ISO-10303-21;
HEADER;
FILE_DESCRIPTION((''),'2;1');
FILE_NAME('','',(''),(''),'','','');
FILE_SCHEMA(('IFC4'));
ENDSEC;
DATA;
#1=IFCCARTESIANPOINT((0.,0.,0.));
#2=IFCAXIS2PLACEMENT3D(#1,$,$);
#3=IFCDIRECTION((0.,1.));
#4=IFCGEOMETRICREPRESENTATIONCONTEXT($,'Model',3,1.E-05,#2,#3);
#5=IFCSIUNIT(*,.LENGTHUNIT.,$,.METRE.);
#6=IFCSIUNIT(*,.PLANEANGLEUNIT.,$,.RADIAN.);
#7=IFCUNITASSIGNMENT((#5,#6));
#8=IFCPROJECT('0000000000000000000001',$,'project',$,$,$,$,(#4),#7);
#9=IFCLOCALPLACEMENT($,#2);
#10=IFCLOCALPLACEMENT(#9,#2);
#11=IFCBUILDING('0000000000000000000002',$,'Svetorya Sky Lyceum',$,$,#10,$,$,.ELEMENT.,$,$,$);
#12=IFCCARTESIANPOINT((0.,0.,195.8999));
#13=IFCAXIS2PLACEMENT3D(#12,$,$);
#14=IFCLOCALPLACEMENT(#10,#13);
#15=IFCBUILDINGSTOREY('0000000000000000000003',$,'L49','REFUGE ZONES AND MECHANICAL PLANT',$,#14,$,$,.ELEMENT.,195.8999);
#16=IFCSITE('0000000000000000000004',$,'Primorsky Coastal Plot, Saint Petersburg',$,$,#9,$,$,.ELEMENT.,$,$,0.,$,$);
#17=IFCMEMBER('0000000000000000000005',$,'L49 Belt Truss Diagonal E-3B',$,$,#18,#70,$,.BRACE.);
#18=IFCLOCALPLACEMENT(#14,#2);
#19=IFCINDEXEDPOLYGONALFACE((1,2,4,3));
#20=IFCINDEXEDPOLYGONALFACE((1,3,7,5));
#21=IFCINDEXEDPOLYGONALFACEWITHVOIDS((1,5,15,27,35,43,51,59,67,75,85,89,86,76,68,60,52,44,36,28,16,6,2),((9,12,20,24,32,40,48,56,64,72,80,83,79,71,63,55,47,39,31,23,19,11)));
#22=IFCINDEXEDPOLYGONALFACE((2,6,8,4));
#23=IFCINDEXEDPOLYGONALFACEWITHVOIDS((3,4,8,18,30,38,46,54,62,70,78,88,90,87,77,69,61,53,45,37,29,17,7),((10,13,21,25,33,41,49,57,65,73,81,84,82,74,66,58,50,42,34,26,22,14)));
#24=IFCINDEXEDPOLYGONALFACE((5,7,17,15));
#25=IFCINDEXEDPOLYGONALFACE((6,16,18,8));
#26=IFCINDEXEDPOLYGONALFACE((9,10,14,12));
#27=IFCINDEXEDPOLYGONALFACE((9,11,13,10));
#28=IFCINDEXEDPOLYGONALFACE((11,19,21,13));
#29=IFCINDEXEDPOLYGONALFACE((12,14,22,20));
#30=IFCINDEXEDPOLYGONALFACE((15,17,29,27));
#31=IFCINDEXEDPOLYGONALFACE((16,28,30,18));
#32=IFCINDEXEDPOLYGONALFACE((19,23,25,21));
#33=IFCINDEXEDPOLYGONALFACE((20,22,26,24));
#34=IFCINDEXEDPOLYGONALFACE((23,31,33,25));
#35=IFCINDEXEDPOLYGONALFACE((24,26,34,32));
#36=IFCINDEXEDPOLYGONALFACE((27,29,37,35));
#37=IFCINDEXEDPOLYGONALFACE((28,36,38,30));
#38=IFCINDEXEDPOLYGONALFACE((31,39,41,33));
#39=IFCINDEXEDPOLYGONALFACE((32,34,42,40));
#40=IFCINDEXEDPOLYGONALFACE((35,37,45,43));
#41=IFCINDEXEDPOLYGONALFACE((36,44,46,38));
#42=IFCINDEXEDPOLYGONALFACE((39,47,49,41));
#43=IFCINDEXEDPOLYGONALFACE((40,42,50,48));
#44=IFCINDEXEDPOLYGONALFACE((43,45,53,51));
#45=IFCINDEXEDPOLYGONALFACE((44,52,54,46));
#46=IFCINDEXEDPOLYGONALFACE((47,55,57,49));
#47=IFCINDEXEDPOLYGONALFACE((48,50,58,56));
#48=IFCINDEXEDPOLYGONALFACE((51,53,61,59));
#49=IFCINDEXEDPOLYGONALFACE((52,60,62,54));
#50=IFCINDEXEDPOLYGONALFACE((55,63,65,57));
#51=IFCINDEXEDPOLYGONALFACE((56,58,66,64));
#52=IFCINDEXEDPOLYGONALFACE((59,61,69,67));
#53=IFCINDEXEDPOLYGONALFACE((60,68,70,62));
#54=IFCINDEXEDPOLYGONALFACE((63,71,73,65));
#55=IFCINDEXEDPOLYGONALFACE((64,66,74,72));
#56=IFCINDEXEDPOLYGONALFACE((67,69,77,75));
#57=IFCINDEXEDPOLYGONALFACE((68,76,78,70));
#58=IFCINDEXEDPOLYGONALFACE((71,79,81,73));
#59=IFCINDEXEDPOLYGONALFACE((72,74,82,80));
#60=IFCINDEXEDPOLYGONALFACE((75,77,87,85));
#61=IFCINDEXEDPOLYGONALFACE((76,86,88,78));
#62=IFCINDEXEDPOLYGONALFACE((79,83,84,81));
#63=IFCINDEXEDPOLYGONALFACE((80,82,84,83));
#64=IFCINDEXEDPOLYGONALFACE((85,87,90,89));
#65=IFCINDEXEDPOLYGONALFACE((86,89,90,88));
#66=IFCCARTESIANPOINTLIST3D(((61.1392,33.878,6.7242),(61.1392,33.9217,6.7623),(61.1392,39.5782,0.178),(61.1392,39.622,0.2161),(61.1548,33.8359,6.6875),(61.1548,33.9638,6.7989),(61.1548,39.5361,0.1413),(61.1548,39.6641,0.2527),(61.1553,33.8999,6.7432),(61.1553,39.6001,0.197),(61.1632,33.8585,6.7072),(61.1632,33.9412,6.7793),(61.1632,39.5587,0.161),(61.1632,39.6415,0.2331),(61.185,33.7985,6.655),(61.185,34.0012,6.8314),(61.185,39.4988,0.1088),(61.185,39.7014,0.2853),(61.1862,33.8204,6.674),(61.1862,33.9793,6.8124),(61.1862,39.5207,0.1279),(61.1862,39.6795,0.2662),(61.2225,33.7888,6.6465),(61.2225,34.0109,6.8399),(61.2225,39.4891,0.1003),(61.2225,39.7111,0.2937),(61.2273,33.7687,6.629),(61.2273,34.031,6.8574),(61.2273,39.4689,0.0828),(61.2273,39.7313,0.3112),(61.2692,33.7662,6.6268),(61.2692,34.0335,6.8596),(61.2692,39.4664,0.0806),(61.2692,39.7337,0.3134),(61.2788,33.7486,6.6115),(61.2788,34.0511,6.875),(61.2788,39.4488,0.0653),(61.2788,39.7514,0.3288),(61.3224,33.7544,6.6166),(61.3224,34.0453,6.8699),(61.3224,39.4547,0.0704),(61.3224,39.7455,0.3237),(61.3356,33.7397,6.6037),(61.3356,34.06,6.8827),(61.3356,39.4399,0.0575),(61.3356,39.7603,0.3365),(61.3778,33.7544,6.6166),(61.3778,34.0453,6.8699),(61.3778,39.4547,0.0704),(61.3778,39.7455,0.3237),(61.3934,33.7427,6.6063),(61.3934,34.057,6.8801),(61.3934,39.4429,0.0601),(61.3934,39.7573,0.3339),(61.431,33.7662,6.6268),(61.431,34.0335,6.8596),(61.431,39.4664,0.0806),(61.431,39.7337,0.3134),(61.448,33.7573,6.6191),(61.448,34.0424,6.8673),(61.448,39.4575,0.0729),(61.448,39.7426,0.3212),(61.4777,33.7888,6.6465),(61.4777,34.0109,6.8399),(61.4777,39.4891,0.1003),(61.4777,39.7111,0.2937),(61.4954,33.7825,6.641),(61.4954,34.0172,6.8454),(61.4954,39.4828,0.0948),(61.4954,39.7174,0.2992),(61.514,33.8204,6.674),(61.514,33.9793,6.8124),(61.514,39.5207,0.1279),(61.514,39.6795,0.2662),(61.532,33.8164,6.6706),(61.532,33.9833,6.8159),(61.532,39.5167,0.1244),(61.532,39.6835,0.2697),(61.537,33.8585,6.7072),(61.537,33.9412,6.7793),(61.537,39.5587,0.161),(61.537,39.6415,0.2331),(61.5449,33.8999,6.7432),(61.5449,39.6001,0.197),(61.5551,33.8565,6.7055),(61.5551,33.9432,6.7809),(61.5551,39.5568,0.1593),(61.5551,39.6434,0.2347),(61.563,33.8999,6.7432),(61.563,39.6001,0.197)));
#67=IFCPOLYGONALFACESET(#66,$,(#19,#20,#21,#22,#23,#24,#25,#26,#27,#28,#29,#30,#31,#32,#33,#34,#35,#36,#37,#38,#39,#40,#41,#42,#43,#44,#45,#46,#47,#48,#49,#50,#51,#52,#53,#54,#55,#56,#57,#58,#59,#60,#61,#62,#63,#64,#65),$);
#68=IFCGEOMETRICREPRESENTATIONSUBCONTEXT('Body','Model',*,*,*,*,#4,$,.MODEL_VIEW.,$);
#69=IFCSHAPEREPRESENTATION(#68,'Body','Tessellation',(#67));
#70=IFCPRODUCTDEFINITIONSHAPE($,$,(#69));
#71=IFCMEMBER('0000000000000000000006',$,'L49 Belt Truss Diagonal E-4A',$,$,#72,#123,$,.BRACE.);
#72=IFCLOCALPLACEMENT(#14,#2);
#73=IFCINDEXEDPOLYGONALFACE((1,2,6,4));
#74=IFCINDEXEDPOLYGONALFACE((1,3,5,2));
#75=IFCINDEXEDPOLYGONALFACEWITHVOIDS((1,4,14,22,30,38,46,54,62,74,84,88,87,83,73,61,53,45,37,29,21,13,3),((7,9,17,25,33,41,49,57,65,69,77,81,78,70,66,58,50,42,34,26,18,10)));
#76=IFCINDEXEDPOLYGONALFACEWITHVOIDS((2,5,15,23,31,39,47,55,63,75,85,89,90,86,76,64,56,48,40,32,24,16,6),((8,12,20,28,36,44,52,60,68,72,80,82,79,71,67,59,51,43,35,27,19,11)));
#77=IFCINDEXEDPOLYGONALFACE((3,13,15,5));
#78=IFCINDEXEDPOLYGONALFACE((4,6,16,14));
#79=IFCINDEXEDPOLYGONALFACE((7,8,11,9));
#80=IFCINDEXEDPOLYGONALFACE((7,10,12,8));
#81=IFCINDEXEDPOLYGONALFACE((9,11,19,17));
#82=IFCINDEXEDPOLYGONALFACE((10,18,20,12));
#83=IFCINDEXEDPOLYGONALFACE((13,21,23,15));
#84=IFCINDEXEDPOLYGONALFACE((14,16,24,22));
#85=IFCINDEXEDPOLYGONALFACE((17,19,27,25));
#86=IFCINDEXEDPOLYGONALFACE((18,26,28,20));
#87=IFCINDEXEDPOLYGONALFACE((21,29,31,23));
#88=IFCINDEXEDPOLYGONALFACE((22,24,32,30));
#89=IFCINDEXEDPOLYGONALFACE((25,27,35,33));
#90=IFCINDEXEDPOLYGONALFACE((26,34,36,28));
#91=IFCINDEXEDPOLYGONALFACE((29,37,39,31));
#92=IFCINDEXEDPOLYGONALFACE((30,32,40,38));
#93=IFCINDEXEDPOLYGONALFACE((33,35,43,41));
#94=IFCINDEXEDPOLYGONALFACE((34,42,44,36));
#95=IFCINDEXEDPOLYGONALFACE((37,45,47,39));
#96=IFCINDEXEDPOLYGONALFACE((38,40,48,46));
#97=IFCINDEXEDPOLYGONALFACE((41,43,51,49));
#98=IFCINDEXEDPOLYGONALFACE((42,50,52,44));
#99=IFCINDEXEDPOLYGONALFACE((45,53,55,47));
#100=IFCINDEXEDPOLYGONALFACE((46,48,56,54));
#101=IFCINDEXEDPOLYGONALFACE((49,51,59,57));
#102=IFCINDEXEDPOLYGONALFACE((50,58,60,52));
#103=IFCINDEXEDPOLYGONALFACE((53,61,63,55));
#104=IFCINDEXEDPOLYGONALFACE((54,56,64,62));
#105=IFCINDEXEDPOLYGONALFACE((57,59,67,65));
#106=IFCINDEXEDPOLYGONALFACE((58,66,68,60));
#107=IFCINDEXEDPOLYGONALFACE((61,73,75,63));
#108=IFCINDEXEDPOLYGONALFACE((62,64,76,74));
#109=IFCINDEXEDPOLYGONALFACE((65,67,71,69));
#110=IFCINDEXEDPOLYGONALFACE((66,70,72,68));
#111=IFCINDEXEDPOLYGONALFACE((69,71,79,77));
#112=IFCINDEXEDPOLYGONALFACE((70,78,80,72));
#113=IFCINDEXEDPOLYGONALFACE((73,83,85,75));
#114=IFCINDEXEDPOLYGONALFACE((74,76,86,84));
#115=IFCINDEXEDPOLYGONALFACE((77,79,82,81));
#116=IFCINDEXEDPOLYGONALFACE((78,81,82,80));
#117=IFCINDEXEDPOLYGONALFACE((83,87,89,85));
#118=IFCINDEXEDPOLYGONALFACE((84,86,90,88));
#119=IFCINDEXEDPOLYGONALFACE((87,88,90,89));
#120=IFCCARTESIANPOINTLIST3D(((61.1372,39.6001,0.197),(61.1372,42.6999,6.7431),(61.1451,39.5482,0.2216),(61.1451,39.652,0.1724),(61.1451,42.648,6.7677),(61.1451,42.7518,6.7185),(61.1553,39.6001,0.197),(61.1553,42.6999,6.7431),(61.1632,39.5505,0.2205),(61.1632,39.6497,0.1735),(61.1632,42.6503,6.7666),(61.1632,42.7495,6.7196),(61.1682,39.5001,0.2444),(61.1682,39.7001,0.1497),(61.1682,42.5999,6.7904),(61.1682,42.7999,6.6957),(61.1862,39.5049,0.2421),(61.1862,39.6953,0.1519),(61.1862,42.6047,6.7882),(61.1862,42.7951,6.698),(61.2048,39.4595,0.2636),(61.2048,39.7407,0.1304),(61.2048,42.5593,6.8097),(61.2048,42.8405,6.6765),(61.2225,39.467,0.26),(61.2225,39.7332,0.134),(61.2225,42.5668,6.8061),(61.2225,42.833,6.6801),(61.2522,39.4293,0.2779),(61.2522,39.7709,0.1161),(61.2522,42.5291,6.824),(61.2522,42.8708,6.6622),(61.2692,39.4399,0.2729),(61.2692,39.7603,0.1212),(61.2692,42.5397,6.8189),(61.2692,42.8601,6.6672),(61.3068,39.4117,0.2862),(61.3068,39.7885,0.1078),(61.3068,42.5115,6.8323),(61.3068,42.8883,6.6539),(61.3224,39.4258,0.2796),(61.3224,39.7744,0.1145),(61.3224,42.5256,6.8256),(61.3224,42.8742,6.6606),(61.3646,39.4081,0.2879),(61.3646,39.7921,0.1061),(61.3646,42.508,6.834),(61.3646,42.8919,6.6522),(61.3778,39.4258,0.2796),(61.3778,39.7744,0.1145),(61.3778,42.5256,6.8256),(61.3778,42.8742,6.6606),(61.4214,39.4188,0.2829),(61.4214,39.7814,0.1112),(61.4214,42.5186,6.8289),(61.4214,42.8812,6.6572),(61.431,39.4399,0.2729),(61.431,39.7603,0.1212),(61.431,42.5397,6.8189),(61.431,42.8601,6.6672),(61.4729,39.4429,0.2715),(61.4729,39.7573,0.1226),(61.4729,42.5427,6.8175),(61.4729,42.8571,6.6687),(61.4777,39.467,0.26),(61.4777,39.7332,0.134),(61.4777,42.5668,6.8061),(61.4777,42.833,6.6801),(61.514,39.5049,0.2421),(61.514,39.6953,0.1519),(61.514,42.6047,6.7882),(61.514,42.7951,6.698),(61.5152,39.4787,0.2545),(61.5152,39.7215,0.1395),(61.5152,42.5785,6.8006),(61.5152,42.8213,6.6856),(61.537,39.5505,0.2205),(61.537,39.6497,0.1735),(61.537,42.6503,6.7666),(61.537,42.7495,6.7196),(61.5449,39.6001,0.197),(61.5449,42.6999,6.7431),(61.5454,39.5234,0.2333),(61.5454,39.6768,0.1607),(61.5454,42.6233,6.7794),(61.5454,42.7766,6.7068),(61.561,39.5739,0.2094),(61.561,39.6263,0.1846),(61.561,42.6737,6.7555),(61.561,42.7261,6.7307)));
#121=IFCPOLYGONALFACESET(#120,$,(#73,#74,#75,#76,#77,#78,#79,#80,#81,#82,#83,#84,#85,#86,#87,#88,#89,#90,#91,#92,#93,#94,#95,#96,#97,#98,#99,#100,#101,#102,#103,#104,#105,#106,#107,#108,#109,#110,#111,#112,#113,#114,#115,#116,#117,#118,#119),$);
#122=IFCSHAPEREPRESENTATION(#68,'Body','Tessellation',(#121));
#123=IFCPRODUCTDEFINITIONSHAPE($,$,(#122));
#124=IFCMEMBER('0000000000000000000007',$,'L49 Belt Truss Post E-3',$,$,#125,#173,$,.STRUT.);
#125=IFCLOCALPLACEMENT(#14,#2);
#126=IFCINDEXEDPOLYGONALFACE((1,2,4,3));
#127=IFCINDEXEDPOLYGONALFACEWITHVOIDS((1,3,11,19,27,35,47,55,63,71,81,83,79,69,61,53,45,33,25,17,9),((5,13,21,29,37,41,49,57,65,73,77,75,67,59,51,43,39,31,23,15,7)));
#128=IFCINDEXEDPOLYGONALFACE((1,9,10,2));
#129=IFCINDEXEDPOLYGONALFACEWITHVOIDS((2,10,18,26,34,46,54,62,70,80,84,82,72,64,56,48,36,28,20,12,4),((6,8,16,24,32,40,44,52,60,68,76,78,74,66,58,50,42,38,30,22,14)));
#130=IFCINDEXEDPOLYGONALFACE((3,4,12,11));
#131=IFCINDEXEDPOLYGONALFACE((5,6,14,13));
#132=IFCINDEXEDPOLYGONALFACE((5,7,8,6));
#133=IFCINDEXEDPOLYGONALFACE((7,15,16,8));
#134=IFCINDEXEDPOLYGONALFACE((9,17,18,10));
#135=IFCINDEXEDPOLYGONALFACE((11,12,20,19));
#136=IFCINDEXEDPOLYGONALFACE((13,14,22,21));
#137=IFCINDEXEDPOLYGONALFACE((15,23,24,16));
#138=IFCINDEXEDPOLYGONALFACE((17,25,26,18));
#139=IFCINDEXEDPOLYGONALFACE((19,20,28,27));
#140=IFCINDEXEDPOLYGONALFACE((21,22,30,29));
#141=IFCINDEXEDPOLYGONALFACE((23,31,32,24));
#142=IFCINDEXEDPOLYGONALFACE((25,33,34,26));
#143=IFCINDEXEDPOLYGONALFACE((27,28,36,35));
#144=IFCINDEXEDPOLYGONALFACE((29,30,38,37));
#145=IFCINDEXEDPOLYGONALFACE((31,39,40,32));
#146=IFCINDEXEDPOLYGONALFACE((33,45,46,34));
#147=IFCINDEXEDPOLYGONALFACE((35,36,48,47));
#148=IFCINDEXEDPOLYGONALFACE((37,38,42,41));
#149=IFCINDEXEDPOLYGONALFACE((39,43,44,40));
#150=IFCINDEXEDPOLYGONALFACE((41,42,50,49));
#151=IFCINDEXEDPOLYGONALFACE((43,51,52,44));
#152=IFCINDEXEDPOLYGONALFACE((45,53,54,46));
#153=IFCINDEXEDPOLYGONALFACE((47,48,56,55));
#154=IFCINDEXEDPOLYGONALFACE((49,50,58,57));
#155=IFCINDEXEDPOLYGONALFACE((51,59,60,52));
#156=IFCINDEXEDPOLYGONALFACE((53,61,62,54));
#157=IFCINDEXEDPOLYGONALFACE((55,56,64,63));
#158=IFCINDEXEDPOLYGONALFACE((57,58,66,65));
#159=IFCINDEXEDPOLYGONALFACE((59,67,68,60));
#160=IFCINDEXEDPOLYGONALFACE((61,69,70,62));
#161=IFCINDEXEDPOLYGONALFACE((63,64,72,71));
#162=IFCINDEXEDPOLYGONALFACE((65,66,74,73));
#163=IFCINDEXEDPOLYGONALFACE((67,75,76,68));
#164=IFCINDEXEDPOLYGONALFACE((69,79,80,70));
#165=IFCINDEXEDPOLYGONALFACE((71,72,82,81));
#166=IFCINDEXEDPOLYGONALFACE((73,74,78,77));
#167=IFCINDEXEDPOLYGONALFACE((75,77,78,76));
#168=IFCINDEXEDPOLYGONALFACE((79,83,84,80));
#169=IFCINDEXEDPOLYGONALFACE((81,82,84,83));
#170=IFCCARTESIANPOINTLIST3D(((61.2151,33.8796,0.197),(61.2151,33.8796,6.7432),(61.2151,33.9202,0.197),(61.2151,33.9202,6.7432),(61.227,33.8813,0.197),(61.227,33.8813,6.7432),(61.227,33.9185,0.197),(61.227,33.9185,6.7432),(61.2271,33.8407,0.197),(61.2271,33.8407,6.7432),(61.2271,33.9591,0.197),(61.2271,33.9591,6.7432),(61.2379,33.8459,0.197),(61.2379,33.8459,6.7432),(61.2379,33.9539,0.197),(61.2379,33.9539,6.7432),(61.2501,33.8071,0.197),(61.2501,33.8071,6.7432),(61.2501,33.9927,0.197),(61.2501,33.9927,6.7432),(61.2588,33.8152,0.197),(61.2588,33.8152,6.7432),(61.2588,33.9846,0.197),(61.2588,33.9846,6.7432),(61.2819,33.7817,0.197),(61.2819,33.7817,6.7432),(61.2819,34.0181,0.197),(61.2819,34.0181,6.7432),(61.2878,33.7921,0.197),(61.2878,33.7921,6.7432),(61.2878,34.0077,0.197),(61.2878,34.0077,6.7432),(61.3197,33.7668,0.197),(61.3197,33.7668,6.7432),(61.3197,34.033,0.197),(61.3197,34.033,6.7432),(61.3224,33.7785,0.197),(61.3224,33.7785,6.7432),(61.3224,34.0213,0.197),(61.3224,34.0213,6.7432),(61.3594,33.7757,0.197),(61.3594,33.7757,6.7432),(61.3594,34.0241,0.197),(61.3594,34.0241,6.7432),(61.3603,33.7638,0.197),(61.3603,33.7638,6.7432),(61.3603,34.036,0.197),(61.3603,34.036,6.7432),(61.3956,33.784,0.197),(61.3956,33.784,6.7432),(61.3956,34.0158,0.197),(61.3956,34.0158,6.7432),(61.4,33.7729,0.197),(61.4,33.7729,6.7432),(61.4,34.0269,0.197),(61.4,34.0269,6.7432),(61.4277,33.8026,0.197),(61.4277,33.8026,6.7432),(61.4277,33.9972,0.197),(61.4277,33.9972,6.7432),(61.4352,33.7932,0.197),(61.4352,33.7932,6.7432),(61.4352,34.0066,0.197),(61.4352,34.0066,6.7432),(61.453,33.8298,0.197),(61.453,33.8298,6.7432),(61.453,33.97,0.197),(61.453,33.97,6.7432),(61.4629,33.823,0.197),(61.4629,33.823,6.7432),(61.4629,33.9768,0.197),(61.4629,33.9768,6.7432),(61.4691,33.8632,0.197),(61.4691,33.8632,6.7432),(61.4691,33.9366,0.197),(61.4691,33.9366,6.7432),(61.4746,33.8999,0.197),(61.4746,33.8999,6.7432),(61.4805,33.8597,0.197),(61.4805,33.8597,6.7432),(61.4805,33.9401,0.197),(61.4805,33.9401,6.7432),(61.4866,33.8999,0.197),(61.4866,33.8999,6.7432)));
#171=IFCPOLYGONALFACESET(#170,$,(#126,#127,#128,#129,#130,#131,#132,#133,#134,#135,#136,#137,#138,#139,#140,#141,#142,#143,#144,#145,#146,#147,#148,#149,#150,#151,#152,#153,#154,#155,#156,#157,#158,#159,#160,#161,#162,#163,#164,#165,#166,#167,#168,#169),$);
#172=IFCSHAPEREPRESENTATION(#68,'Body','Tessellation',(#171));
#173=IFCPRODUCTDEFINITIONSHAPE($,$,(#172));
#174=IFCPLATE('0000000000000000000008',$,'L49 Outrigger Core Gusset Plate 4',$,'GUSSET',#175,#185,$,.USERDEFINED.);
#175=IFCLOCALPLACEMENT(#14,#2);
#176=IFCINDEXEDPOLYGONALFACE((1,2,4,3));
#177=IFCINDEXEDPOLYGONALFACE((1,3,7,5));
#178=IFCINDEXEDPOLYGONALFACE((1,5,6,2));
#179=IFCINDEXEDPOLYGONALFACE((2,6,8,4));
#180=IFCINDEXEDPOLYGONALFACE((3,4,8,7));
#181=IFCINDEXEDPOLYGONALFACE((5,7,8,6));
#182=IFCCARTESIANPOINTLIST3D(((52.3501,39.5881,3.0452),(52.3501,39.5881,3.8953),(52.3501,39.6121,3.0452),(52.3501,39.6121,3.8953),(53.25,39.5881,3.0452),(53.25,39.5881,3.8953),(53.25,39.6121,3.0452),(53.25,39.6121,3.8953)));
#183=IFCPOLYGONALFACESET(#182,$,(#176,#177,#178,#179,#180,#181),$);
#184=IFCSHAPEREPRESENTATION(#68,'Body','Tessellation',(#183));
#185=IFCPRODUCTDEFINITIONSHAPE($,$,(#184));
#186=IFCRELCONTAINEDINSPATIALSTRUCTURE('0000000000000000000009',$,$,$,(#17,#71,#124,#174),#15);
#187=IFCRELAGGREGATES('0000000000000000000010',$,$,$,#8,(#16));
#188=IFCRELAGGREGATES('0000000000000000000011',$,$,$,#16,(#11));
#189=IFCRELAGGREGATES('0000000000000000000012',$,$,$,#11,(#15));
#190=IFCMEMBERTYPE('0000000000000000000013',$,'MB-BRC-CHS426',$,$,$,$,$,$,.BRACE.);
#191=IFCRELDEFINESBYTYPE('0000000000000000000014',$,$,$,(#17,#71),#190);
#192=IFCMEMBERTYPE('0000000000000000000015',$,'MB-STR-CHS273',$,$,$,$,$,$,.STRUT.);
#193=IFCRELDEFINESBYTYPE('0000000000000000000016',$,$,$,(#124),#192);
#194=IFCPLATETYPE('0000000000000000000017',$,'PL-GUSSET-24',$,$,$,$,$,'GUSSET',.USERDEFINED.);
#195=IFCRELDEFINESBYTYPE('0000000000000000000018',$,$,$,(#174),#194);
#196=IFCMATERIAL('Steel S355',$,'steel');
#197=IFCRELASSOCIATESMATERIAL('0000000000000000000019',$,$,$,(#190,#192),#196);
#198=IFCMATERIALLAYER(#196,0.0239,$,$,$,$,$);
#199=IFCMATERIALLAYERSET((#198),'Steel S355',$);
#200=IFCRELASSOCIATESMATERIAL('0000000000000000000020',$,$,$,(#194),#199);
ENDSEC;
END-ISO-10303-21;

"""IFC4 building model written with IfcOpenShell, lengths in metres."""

from ifc_helpers import new_model, si_unit, direction, frame, origin, origin_2d, place, context, subcontext, project, spatial, rectangle, hollow_circle, extrude, material, layer, layer_set, material_profile, profile_set, type_object, element, save


model = new_model("IFC4")

# Units and contexts
model_context = context("Model", 3, precision=1e-05, world=origin(), true_north=direction((0.0, 1.0)))
body_context = subcontext(model_context, "Body", "Model", "MODEL_VIEW")
ifc_project = project(units=[si_unit("LENGTHUNIT", "METRE"), si_unit("PLANEANGLEUNIT", "RADIAN")], contexts=[model_context])

# Site, building, storey
site_placement = place(None, origin())
site = spatial("IfcSite", under=ifc_project, at=site_placement, Name="Primorsky Coastal Plot, Saint Petersburg", CompositionType="ELEMENT", RefElevation=0.0)
building_placement = place(site_placement, origin())
building = spatial("IfcBuilding", under=site, at=building_placement, Name="Svetorya Sky Lyceum", CompositionType="ELEMENT")
storey_placement = place(building_placement, frame((0.0, 0.0, 195.8999)))
storey = spatial("IfcBuildingStorey", under=building, at=storey_placement, Name="L49", Description="REFUGE ZONES AND MECHANICAL PLANT", CompositionType="ELEMENT", Elevation=195.8999)

# Shared definitions
ifc_material_1 = material(Name="Steel S355", Category="steel")

# Members
ifc_material_profile_1 = material_profile(ifc_material_1, hollow_circle(Radius=0.2129, WallThickness=0.0181, at=origin_2d()), Name="CHS 426x18")
ifc_profile_set_1 = profile_set([ifc_material_profile_1], Name="Steel S355")
member_type_1 = type_object("IfcMemberType", Name="MB-BRC-CHS426", PredefinedType="BRACE", material=ifc_profile_set_1)
member_1_placement = place(storey_placement, frame((61.3501, 39.6001, 0.197), z_axis=(0.0, -0.656697, 0.754155), x_axis=(1.0, 0.0, 0.0)))
element("IfcMember", 1, at=member_1_placement, inside=storey, type_object=member_type_1, Name="L49 Belt Truss Diagonal E-3B", PredefinedType="BRACE", context=body_context, shape_type="SweptSolid", body=[
    extrude(hollow_circle(Radius=0.2129, WallThickness=0.0181, at=origin_2d()), origin(), (0.0, 0.0, 1.0), 8.6802),
])
member_2_placement = place(storey_placement, frame((61.3501, 39.6001, 0.197), z_axis=(0.0, 0.427979, 0.903789), x_axis=(-1.0, 0.0, 0.0)))
element("IfcMember", 2, at=member_2_placement, inside=storey, type_object=member_type_1, Name="L49 Belt Truss Diagonal E-4A", PredefinedType="BRACE", context=body_context, shape_type="SweptSolid", body=[
    extrude(hollow_circle(Radius=0.2129, WallThickness=0.0181, at=origin_2d()), origin(), (0.0, 0.0, 1.0), 7.2429),
])
ifc_material_profile_2 = material_profile(ifc_material_1, hollow_circle(Radius=0.1365, WallThickness=0.012, at=origin_2d()), Name="CHS 273x12")
ifc_profile_set_2 = profile_set([ifc_material_profile_2], Name="Steel S355")
member_type_2 = type_object("IfcMemberType", Name="MB-STR-CHS273", PredefinedType="STRUT", material=ifc_profile_set_2)
member_3_placement = place(storey_placement, frame((61.3501, 33.8999, 0.197), z_axis=(0.0, 0.0, 1.0), x_axis=(1.0, 0.0, 0.0)))
element("IfcMember", 3, at=member_3_placement, inside=storey, type_object=member_type_2, Name="L49 Belt Truss Post E-3", PredefinedType="STRUT", context=body_context, shape_type="SweptSolid", body=[
    extrude(hollow_circle(Radius=0.1365, WallThickness=0.012, at=origin_2d()), origin(), (0.0, 0.0, 1.0), 6.5461),
])

# Plate
ifc_layer_1 = layer(ifc_material_1, 0.0239)
ifc_layer_set_1 = layer_set([ifc_layer_1], Name="Steel S355")
plate_type = type_object("IfcPlateType", Name="PL-GUSSET-24", ElementType="GUSSET", PredefinedType="USERDEFINED", material=ifc_layer_set_1)
plate_placement = place(storey_placement, frame((52.8, 39.6001, 3.0452), z_axis=(0.0, 0.0, 1.0), x_axis=(1.0, 0.0, 0.0)))
element("IfcPlate", 4, at=plate_placement, inside=storey, type_object=plate_type, Name="L49 Outrigger Core Gusset Plate 4", ObjectType="GUSSET", PredefinedType="USERDEFINED", context=body_context, shape_type="SweptSolid", body=[
    extrude(rectangle(XDim=0.8999, YDim=0.0239, at=origin_2d()), origin(), (0.0, 0.0, 1.0), 0.8501),
])

save(model, "model.ifc")
